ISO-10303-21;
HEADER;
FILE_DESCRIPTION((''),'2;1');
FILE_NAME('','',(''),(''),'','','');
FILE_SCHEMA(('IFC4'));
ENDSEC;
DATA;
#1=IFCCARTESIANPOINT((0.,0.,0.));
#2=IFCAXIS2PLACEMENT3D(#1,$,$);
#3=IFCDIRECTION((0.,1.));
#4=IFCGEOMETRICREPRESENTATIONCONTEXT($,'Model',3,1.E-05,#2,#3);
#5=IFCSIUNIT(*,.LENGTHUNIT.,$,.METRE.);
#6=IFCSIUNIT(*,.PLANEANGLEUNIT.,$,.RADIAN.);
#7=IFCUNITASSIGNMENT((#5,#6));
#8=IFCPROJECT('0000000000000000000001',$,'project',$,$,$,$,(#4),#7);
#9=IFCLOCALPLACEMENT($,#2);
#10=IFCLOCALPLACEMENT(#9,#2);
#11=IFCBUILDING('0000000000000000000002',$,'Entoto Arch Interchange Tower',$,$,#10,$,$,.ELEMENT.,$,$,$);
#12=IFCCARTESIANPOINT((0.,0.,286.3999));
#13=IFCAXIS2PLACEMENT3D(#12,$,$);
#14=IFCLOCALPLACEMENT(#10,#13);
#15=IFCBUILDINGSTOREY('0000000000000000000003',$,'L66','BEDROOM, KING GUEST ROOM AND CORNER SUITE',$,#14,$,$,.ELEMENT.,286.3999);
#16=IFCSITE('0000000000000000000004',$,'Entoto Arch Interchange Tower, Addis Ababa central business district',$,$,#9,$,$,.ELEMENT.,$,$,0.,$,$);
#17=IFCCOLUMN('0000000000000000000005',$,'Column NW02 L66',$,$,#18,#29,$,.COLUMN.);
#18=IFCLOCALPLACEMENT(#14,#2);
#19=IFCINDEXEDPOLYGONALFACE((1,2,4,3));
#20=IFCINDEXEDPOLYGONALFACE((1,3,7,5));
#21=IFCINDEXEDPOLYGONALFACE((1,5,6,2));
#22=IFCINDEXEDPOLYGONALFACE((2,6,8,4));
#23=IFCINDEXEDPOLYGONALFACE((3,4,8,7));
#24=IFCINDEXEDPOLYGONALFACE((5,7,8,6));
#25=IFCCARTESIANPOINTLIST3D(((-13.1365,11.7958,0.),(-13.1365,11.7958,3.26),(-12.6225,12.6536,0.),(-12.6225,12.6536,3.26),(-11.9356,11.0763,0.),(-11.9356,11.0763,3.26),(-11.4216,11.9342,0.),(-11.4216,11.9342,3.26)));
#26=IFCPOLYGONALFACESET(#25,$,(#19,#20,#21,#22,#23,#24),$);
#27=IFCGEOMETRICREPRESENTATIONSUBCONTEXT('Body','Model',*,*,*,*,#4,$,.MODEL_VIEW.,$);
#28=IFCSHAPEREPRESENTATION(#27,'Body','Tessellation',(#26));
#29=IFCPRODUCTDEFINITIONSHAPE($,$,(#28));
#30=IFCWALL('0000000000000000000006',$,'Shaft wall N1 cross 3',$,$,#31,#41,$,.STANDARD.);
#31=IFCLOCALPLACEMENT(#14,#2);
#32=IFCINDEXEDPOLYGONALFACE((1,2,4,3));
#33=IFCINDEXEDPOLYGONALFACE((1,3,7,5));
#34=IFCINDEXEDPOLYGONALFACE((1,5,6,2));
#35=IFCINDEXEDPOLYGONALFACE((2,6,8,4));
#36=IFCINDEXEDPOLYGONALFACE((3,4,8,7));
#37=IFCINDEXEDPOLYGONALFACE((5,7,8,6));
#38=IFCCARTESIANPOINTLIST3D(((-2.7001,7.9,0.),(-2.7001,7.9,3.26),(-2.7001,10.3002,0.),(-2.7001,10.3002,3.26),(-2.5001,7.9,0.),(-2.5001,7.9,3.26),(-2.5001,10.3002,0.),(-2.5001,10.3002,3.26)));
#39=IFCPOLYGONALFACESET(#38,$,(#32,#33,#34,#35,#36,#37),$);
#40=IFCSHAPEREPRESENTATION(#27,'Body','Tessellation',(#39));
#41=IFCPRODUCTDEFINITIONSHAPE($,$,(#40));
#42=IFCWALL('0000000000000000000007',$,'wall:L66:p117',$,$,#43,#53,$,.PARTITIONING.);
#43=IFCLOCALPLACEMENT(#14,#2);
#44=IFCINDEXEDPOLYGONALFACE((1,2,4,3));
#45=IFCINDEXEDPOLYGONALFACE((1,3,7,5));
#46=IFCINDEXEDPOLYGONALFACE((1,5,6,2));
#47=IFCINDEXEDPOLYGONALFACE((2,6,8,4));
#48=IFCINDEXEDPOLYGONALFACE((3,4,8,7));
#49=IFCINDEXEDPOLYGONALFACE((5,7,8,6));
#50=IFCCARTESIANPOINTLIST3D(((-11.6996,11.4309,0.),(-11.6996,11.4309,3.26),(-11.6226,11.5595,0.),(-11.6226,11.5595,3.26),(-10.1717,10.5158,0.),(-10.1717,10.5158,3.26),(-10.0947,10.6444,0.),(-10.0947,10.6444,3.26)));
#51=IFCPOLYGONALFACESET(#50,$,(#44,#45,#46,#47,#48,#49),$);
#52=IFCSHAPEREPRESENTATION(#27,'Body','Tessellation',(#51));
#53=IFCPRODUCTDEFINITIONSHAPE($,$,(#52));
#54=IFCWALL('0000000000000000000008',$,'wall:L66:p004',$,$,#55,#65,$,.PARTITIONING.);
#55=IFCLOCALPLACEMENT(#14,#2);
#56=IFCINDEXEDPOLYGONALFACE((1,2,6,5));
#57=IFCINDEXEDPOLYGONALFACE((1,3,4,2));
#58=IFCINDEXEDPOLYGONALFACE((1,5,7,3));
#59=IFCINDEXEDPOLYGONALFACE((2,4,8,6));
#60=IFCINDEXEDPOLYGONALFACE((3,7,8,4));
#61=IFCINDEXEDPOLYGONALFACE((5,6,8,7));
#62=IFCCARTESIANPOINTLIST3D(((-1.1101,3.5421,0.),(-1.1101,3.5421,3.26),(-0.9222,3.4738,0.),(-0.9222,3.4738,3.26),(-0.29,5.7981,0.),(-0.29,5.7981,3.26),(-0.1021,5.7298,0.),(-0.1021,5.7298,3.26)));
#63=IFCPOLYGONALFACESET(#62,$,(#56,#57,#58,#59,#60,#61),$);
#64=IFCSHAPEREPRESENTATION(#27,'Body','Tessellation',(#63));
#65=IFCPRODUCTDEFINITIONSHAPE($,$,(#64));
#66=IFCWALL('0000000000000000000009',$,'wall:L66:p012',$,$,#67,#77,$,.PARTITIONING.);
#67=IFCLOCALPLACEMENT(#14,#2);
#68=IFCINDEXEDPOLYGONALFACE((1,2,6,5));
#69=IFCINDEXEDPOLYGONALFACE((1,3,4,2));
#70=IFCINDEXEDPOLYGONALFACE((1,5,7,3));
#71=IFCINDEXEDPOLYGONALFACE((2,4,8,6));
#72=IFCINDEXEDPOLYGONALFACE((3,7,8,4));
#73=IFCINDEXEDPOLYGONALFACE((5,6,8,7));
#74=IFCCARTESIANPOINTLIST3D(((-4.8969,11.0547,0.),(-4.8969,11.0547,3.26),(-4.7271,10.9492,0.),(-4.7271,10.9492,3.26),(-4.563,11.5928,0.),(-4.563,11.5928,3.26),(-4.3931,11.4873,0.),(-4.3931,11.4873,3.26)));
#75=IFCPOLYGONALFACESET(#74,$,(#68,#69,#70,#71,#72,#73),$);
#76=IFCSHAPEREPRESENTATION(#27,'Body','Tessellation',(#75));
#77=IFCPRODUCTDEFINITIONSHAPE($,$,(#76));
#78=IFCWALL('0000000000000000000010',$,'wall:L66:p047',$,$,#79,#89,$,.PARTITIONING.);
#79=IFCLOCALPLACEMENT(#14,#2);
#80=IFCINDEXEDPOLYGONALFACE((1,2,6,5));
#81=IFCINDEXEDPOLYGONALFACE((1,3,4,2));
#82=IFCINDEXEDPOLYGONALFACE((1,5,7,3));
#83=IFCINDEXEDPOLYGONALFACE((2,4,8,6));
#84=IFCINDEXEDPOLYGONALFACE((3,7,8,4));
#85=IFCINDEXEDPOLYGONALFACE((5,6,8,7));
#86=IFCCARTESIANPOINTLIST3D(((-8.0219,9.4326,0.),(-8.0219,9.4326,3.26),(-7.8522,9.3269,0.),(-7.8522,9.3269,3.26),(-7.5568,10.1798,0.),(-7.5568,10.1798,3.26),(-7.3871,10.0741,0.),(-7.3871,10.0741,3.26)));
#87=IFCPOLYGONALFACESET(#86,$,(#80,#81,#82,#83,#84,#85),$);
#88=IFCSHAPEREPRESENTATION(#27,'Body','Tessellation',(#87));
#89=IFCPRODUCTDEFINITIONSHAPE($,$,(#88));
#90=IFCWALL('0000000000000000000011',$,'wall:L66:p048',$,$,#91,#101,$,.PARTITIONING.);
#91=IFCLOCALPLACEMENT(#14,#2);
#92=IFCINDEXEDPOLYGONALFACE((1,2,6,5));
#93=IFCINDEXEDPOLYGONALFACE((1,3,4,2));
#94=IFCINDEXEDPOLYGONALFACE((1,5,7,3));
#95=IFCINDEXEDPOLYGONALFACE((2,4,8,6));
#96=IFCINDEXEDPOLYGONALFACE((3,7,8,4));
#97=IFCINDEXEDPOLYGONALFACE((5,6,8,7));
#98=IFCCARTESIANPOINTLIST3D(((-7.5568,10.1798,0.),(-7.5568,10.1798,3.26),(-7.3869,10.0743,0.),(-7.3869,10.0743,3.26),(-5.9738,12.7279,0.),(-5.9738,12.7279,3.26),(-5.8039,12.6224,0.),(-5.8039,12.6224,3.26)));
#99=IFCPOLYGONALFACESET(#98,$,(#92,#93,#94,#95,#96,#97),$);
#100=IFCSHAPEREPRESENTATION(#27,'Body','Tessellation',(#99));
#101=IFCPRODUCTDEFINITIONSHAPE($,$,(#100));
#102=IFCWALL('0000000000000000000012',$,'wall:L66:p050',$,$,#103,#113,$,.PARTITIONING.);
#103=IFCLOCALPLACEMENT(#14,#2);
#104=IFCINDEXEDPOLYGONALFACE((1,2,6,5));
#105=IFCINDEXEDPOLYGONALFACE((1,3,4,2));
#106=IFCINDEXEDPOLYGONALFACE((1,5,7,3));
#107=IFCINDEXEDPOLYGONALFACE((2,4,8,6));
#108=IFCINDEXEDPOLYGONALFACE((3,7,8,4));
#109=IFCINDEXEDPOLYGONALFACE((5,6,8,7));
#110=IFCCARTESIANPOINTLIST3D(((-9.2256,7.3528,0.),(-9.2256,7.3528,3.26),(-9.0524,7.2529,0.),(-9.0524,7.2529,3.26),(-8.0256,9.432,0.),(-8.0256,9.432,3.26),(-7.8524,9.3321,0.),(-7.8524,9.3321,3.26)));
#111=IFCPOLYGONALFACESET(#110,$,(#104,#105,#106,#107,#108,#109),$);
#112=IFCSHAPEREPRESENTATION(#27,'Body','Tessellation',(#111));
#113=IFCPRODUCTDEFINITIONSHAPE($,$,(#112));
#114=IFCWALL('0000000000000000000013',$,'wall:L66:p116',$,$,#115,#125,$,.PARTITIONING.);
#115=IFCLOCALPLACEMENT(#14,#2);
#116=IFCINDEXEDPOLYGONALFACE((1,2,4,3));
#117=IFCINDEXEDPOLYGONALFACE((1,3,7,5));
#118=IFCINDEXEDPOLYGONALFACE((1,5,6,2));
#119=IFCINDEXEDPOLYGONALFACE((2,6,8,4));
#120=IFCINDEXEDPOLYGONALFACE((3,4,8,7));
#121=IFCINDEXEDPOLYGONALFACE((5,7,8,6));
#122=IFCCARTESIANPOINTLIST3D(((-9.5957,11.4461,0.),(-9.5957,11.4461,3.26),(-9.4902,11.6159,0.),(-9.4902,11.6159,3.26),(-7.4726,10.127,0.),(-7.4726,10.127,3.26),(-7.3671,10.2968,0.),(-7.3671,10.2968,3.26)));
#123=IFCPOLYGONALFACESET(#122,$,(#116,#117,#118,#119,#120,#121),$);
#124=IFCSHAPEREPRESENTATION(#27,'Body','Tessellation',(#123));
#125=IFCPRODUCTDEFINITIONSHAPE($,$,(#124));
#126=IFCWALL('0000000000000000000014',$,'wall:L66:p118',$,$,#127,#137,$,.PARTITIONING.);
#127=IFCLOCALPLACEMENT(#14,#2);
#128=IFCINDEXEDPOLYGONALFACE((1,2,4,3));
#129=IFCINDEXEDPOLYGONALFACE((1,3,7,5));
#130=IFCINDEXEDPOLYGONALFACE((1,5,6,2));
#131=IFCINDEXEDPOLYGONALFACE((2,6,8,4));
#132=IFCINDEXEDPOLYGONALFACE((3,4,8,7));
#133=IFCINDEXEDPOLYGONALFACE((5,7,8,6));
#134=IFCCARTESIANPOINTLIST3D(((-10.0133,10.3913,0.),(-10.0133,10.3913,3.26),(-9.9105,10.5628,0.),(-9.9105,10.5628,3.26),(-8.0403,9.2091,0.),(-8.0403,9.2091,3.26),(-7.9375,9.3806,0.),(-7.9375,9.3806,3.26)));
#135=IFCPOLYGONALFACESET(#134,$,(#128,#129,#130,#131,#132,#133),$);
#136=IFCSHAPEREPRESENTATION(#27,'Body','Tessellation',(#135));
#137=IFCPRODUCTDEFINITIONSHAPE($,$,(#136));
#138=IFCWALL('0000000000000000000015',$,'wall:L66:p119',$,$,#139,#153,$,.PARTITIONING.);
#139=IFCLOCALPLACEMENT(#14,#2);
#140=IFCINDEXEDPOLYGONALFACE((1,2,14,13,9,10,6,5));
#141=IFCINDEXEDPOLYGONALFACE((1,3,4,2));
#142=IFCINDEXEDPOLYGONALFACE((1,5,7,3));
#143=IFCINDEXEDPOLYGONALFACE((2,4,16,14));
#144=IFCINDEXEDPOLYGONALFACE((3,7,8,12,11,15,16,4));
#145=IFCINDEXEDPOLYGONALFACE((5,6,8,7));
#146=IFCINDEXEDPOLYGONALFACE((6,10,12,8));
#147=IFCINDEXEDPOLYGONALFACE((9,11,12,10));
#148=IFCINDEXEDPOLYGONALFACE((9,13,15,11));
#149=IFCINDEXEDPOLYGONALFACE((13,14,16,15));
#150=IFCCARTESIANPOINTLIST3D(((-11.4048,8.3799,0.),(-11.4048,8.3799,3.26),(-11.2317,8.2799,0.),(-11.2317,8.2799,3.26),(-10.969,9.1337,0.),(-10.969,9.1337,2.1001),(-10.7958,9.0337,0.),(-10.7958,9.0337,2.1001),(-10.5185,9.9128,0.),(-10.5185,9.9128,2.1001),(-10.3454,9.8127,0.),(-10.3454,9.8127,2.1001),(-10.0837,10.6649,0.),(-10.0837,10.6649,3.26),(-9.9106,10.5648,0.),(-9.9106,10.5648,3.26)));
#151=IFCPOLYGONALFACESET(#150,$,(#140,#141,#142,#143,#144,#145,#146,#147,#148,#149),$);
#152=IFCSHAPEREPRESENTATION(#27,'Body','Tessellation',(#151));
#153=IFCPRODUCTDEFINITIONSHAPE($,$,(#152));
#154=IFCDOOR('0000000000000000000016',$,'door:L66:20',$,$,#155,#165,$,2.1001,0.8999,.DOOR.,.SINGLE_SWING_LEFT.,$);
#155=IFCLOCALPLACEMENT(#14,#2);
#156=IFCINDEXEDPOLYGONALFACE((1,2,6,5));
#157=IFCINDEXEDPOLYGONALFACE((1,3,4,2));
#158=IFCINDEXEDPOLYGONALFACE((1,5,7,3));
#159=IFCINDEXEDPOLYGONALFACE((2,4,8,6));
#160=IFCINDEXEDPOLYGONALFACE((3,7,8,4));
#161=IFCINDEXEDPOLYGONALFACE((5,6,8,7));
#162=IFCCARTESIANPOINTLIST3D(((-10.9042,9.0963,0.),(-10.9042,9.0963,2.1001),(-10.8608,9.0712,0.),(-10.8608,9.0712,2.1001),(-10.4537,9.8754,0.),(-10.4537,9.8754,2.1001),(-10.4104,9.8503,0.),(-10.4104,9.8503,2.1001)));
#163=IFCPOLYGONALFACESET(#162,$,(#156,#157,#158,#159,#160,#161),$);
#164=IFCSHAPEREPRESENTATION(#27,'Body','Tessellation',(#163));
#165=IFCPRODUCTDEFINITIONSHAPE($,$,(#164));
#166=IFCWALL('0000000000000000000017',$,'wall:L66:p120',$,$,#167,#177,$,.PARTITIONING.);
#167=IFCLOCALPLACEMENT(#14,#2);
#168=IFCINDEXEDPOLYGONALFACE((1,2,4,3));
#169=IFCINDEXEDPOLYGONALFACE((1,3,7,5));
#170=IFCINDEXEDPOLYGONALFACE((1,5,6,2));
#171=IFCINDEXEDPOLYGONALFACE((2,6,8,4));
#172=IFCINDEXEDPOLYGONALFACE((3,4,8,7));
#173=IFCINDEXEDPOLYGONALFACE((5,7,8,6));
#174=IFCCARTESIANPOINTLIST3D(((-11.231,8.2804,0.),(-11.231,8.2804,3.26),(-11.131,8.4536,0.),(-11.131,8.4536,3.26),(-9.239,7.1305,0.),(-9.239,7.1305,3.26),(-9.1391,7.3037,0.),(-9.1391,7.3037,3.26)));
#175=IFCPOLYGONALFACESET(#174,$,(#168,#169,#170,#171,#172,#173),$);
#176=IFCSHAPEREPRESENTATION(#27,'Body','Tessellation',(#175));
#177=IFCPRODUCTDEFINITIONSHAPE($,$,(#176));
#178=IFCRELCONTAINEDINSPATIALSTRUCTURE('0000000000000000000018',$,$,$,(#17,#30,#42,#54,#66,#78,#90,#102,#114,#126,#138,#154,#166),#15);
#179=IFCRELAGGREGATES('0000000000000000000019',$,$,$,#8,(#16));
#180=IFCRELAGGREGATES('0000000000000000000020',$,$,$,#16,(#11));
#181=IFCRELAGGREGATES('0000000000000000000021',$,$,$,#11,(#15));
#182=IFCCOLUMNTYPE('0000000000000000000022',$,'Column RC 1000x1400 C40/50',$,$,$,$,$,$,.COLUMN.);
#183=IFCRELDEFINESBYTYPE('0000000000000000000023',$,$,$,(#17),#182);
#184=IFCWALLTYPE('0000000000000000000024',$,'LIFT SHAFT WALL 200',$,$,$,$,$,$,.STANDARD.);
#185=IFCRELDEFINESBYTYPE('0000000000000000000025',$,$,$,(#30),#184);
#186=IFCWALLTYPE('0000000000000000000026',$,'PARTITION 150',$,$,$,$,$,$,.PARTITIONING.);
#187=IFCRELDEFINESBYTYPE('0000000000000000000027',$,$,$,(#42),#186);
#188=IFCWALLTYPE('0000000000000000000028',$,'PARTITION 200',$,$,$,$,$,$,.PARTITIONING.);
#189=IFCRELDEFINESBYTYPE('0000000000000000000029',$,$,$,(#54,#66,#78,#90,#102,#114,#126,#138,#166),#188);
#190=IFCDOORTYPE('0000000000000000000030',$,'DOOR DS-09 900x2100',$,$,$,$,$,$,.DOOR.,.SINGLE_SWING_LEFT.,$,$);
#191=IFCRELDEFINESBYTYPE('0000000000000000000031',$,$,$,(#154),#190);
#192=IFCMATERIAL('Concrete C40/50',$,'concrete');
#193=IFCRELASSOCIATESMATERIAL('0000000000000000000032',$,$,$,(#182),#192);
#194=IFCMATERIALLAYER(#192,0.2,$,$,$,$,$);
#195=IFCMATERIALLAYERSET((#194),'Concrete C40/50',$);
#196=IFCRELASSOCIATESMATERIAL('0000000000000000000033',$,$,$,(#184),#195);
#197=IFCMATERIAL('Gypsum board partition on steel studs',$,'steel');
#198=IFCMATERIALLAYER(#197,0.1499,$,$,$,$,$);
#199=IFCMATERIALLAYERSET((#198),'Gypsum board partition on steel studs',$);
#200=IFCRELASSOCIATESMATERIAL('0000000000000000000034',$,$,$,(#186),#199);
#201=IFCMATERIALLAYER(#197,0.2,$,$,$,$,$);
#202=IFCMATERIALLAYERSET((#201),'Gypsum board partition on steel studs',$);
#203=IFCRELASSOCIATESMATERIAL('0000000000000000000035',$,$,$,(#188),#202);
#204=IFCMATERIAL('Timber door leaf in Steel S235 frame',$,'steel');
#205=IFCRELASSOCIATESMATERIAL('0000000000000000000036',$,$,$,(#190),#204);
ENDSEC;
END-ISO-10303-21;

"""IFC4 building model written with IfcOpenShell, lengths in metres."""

from ifc_helpers import new_model, si_unit, direction, frame, frame_2d, origin, origin_2d, place, context, subcontext, project, spatial, rectangle, extrude, material, layer, layer_set, material_profile, profile_set, type_object, element, fill, save


model = new_model("IFC4")

# Units and contexts
model_context = context("Model", 3, precision=1e-05, world=origin(), true_north=direction((0.0, 1.0)))
body_context = subcontext(model_context, "Body", "Model", "MODEL_VIEW")
ifc_project = project(units=[si_unit("LENGTHUNIT", "METRE"), si_unit("PLANEANGLEUNIT", "RADIAN")], contexts=[model_context])

# Site, building, storey
site_placement = place(None, origin())
site = spatial("IfcSite", under=ifc_project, at=site_placement, Name="Entoto Arch Interchange Tower, Addis Ababa central business district", CompositionType="ELEMENT", RefElevation=0.0)
building_placement = place(site_placement, origin())
building = spatial("IfcBuilding", under=site, at=building_placement, Name="Entoto Arch Interchange Tower", CompositionType="ELEMENT")
storey_placement = place(building_placement, frame((0.0, 0.0, 286.3999)))
storey = spatial("IfcBuildingStorey", under=building, at=storey_placement, Name="L66", Description="BEDROOM, KING GUEST ROOM AND CORNER SUITE", CompositionType="ELEMENT", Elevation=286.3999)

# Column
ifc_material_1 = material(Name="Concrete C40/50", Category="concrete")
ifc_material_profile = material_profile(ifc_material_1, rectangle(XDim=1.0, YDim=1.3999, at=origin_2d()))
ifc_profile_set = profile_set([ifc_material_profile], Name="Concrete C40/50")
column_type = type_object("IfcColumnType", Name="Column RC 1000x1400 C40/50", PredefinedType="COLUMN", material=ifc_profile_set)
column_placement = place(storey_placement, frame((-12.2791, 11.865, 0.0), z_axis=(0.0, 0.0, 1.0), x_axis=(0.513946, 0.857823, 0.0)))
element("IfcColumn", 1, at=column_placement, inside=storey, type_object=column_type, Name="Column NW02 L66", PredefinedType="COLUMN", context=body_context, shape_type="SweptSolid", body=[
    extrude(rectangle(XDim=1.0, YDim=1.3999, at=origin_2d()), origin(), (0.0, 0.0, 1.0), 3.26),
])

# Walls
ifc_layer_1 = layer(ifc_material_1, 0.2)
ifc_layer_set_1 = layer_set([ifc_layer_1], Name="Concrete C40/50")
wall_type_1 = type_object("IfcWallType", Name="LIFT SHAFT WALL 200", PredefinedType="STANDARD", material=ifc_layer_set_1)
wall_1_placement = place(storey_placement, frame((-2.6001, 7.8999, 0.0), z_axis=(0.0, 0.0, 1.0), x_axis=(0.0, 1.0, 0.0)))
element("IfcWall", 2, at=wall_1_placement, inside=storey, type_object=wall_type_1, Name="Shaft wall N1 cross 3", PredefinedType="STANDARD", context=body_context, shape_type="SweptSolid", body=[
    extrude(rectangle(XDim=2.4001, YDim=0.2, at=frame_2d((1.2002, 0.0))), origin(), (0.0, 0.0, 1.0), 3.26),
])
ifc_material_2 = material(Name="Gypsum board partition on steel studs", Category="steel")
ifc_layer_2 = layer(ifc_material_2, 0.1499)
ifc_layer_set_2 = layer_set([ifc_layer_2], Name="Gypsum board partition on steel studs")
wall_type_2 = type_object("IfcWallType", Name="PARTITION 150", PredefinedType="PARTITIONING", material=ifc_layer_set_2)
wall_2_placement = place(storey_placement, frame((-10.1331, 10.5801, 0.0), z_axis=(0.0, 0.0, 1.0), x_axis=(-0.857904, 0.51381, 0.0)))
element("IfcWall", 3, at=wall_2_placement, inside=storey, type_object=wall_type_2, Name="wall:L66:p117", PredefinedType="PARTITIONING", context=body_context, shape_type="SweptSolid", body=[
    extrude(rectangle(XDim=1.781, YDim=0.1499, at=frame_2d((0.8906, 0.0))), origin(), (0.0, 0.0, 1.0), 3.26),
])
ifc_layer_3 = layer(ifc_material_2, 0.2)
ifc_layer_set_3 = layer_set([ifc_layer_3], Name="Gypsum board partition on steel studs")
wall_type_3 = type_object("IfcWallType", Name="PARTITION 200", PredefinedType="PARTITIONING", material=ifc_layer_set_3)
wall_3_placement = place(storey_placement, frame((-0.196, 5.7639, 0.0), z_axis=(0.0, 0.0, 1.0), x_axis=(-0.341653, -0.939826, 0.0)))
element("IfcWall", 4, at=wall_3_placement, inside=storey, type_object=wall_type_3, Name="wall:L66:p004", PredefinedType="PARTITIONING", context=body_context, shape_type="SweptSolid", body=[
    extrude(rectangle(XDim=2.4004, YDim=0.2, at=frame_2d((1.2002, 0.0))), origin(), (0.0, 0.0, 1.0), 3.26),
])
wall_4_placement = place(storey_placement, frame((-4.478, 11.54, 0.0), z_axis=(0.0, 0.0, 1.0), x_axis=(-0.527363, -0.84964, 0.0)))
element("IfcWall", 5, at=wall_4_placement, inside=storey, type_object=wall_type_3, Name="wall:L66:p012", PredefinedType="PARTITIONING", context=body_context, shape_type="SweptSolid", body=[
    extrude(rectangle(XDim=0.6333, YDim=0.2, at=frame_2d((0.3167, 0.0))), origin(), (0.0, 0.0, 1.0), 3.26),
])
wall_5_placement = place(storey_placement, frame((-7.937, 9.3799, 0.0), z_axis=(0.0, 0.0, 1.0), x_axis=(0.528502, 0.848932, 0.0)))
element("IfcWall", 6, at=wall_5_placement, inside=storey, type_object=wall_type_3, Name="wall:L66:p047", PredefinedType="PARTITIONING", context=body_context, shape_type="SweptSolid", body=[
    extrude(rectangle(XDim=0.8801, YDim=0.2, at=frame_2d((0.4399, 0.0))), origin(), (0.0, 0.0, 1.0), 3.26),
])
wall_6_placement = place(storey_placement, frame((-7.4719, 10.127, 0.0), z_axis=(0.0, 0.0, 1.0), x_axis=(0.527707, 0.849426, 0.0)))
element("IfcWall", 7, at=wall_6_placement, inside=storey, type_object=wall_type_3, Name="wall:L66:p048", PredefinedType="PARTITIONING", context=body_context, shape_type="SweptSolid", body=[
    extrude(rectangle(XDim=2.9998, YDim=0.2, at=frame_2d((1.5, 0.0))), origin(), (0.0, 0.0, 1.0), 3.26),
])
wall_7_placement = place(storey_placement, frame((-9.1389, 7.303, 0.0), z_axis=(0.0, 0.0, 1.0), x_axis=(0.499869, 0.866101, 0.0)))
element("IfcWall", 8, at=wall_7_placement, inside=storey, type_object=wall_type_3, Name="wall:L66:p050", PredefinedType="PARTITIONING", context=body_context, shape_type="SweptSolid", body=[
    extrude(rectangle(XDim=2.4006, YDim=0.2, at=frame_2d((1.2002, 0.0))), origin(), (0.0, 0.0, 1.0), 3.26),
])
wall_8_placement = place(storey_placement, frame((-9.543, 11.531, 0.0), z_axis=(0.0, 0.0, 1.0), x_axis=(0.8494, -0.527749, 0.0)))
element("IfcWall", 9, at=wall_8_placement, inside=storey, type_object=wall_type_3, Name="wall:L66:p116", PredefinedType="PARTITIONING", context=body_context, shape_type="SweptSolid", body=[
    extrude(rectangle(XDim=2.4995, YDim=0.2, at=frame_2d((1.2498, 0.0))), origin(), (0.0, 0.0, 1.0), 3.26),
])
wall_9_placement = place(storey_placement, frame((-7.989, 9.2949, 0.0), z_axis=(0.0, 0.0, 1.0), x_axis=(-0.857802, 0.513981, 0.0)))
element("IfcWall", 10, at=wall_9_placement, inside=storey, type_object=wall_type_3, Name="wall:L66:p118", PredefinedType="PARTITIONING", context=body_context, shape_type="SweptSolid", body=[
    extrude(rectangle(XDim=2.3, YDim=0.2, at=frame_2d((1.1499, 0.0))), origin(), (0.0, 0.0, 1.0), 3.26),
])

# Wall, opening, door
wall_10_placement = place(storey_placement, frame((-9.9971, 10.615, 0.0), z_axis=(0.0, 0.0, 1.0), x_axis=(-0.500526, -0.865722, 0.0)))
wall_10 = element("IfcWall", 11, at=wall_10_placement, inside=storey, type_object=wall_type_3, Name="wall:L66:p119", PredefinedType="PARTITIONING", context=body_context, shape_type="SweptSolid", body=[
    extrude(rectangle(XDim=2.6394, YDim=0.2, at=frame_2d((1.3198, 0.0))), origin(), (0.0, 0.0, 1.0), 3.26),
])
opening_1_placement = place(wall_10_placement, frame((0.8689, 0.0, 0.0)))
opening_1 = element("IfcOpeningElement", 12, at=opening_1_placement, cuts=wall_10, PredefinedType="OPENING", context=body_context, shape_type="SweptSolid", body=[
    extrude(rectangle(XDim=0.8999, YDim=2.1001, at=frame_2d((0.45, 1.05))), frame((0.0, 0.1099, 0.0), z_axis=(0.0, -1.0, 0.0), x_axis=(1.0, 0.0, 0.0)), (0.0, 0.0, 1.0), 0.22),
])
ifc_material_3 = material(Name="Timber door leaf in Steel S235 frame", Category="steel")
door_type_1 = type_object("IfcDoorType", Name="DOOR DS-09 900x2100", OperationType="SINGLE_SWING_LEFT", PredefinedType="DOOR", material=ifc_material_3)
door_1_placement = place(opening_1_placement, origin())
door_1 = element("IfcDoor", 13, at=door_1_placement, inside=storey, type_object=door_type_1, Name="door:L66:20", OperationType="SINGLE_SWING_LEFT", OverallHeight=2.1001, OverallWidth=0.8999, PredefinedType="DOOR", context=body_context, shape_type="SweptSolid", body=[
    extrude(rectangle(XDim=0.8999, YDim=2.1001, at=frame_2d((0.45, 1.05))), frame((0.0, 0.0249, 0.0), z_axis=(0.0, -1.0, 0.0), x_axis=(1.0, 0.0, 0.0)), (0.0, 0.0, 1.0), 0.05),
])
fill(opening_1, door_1)

# Wall
wall_11_placement = place(storey_placement, frame((-11.1809, 8.3669, 0.0), z_axis=(0.0, 0.0, 1.0), x_axis=(0.866053, -0.499952, 0.0)))
element("IfcWall", 14, at=wall_11_placement, inside=storey, type_object=wall_type_3, Name="wall:L66:p120", PredefinedType="PARTITIONING", context=body_context, shape_type="SweptSolid", body=[
    extrude(rectangle(XDim=2.3, YDim=0.2, at=frame_2d((1.1499, 0.0))), origin(), (0.0, 0.0, 1.0), 3.26),
])

save(model, "model.ifc")
